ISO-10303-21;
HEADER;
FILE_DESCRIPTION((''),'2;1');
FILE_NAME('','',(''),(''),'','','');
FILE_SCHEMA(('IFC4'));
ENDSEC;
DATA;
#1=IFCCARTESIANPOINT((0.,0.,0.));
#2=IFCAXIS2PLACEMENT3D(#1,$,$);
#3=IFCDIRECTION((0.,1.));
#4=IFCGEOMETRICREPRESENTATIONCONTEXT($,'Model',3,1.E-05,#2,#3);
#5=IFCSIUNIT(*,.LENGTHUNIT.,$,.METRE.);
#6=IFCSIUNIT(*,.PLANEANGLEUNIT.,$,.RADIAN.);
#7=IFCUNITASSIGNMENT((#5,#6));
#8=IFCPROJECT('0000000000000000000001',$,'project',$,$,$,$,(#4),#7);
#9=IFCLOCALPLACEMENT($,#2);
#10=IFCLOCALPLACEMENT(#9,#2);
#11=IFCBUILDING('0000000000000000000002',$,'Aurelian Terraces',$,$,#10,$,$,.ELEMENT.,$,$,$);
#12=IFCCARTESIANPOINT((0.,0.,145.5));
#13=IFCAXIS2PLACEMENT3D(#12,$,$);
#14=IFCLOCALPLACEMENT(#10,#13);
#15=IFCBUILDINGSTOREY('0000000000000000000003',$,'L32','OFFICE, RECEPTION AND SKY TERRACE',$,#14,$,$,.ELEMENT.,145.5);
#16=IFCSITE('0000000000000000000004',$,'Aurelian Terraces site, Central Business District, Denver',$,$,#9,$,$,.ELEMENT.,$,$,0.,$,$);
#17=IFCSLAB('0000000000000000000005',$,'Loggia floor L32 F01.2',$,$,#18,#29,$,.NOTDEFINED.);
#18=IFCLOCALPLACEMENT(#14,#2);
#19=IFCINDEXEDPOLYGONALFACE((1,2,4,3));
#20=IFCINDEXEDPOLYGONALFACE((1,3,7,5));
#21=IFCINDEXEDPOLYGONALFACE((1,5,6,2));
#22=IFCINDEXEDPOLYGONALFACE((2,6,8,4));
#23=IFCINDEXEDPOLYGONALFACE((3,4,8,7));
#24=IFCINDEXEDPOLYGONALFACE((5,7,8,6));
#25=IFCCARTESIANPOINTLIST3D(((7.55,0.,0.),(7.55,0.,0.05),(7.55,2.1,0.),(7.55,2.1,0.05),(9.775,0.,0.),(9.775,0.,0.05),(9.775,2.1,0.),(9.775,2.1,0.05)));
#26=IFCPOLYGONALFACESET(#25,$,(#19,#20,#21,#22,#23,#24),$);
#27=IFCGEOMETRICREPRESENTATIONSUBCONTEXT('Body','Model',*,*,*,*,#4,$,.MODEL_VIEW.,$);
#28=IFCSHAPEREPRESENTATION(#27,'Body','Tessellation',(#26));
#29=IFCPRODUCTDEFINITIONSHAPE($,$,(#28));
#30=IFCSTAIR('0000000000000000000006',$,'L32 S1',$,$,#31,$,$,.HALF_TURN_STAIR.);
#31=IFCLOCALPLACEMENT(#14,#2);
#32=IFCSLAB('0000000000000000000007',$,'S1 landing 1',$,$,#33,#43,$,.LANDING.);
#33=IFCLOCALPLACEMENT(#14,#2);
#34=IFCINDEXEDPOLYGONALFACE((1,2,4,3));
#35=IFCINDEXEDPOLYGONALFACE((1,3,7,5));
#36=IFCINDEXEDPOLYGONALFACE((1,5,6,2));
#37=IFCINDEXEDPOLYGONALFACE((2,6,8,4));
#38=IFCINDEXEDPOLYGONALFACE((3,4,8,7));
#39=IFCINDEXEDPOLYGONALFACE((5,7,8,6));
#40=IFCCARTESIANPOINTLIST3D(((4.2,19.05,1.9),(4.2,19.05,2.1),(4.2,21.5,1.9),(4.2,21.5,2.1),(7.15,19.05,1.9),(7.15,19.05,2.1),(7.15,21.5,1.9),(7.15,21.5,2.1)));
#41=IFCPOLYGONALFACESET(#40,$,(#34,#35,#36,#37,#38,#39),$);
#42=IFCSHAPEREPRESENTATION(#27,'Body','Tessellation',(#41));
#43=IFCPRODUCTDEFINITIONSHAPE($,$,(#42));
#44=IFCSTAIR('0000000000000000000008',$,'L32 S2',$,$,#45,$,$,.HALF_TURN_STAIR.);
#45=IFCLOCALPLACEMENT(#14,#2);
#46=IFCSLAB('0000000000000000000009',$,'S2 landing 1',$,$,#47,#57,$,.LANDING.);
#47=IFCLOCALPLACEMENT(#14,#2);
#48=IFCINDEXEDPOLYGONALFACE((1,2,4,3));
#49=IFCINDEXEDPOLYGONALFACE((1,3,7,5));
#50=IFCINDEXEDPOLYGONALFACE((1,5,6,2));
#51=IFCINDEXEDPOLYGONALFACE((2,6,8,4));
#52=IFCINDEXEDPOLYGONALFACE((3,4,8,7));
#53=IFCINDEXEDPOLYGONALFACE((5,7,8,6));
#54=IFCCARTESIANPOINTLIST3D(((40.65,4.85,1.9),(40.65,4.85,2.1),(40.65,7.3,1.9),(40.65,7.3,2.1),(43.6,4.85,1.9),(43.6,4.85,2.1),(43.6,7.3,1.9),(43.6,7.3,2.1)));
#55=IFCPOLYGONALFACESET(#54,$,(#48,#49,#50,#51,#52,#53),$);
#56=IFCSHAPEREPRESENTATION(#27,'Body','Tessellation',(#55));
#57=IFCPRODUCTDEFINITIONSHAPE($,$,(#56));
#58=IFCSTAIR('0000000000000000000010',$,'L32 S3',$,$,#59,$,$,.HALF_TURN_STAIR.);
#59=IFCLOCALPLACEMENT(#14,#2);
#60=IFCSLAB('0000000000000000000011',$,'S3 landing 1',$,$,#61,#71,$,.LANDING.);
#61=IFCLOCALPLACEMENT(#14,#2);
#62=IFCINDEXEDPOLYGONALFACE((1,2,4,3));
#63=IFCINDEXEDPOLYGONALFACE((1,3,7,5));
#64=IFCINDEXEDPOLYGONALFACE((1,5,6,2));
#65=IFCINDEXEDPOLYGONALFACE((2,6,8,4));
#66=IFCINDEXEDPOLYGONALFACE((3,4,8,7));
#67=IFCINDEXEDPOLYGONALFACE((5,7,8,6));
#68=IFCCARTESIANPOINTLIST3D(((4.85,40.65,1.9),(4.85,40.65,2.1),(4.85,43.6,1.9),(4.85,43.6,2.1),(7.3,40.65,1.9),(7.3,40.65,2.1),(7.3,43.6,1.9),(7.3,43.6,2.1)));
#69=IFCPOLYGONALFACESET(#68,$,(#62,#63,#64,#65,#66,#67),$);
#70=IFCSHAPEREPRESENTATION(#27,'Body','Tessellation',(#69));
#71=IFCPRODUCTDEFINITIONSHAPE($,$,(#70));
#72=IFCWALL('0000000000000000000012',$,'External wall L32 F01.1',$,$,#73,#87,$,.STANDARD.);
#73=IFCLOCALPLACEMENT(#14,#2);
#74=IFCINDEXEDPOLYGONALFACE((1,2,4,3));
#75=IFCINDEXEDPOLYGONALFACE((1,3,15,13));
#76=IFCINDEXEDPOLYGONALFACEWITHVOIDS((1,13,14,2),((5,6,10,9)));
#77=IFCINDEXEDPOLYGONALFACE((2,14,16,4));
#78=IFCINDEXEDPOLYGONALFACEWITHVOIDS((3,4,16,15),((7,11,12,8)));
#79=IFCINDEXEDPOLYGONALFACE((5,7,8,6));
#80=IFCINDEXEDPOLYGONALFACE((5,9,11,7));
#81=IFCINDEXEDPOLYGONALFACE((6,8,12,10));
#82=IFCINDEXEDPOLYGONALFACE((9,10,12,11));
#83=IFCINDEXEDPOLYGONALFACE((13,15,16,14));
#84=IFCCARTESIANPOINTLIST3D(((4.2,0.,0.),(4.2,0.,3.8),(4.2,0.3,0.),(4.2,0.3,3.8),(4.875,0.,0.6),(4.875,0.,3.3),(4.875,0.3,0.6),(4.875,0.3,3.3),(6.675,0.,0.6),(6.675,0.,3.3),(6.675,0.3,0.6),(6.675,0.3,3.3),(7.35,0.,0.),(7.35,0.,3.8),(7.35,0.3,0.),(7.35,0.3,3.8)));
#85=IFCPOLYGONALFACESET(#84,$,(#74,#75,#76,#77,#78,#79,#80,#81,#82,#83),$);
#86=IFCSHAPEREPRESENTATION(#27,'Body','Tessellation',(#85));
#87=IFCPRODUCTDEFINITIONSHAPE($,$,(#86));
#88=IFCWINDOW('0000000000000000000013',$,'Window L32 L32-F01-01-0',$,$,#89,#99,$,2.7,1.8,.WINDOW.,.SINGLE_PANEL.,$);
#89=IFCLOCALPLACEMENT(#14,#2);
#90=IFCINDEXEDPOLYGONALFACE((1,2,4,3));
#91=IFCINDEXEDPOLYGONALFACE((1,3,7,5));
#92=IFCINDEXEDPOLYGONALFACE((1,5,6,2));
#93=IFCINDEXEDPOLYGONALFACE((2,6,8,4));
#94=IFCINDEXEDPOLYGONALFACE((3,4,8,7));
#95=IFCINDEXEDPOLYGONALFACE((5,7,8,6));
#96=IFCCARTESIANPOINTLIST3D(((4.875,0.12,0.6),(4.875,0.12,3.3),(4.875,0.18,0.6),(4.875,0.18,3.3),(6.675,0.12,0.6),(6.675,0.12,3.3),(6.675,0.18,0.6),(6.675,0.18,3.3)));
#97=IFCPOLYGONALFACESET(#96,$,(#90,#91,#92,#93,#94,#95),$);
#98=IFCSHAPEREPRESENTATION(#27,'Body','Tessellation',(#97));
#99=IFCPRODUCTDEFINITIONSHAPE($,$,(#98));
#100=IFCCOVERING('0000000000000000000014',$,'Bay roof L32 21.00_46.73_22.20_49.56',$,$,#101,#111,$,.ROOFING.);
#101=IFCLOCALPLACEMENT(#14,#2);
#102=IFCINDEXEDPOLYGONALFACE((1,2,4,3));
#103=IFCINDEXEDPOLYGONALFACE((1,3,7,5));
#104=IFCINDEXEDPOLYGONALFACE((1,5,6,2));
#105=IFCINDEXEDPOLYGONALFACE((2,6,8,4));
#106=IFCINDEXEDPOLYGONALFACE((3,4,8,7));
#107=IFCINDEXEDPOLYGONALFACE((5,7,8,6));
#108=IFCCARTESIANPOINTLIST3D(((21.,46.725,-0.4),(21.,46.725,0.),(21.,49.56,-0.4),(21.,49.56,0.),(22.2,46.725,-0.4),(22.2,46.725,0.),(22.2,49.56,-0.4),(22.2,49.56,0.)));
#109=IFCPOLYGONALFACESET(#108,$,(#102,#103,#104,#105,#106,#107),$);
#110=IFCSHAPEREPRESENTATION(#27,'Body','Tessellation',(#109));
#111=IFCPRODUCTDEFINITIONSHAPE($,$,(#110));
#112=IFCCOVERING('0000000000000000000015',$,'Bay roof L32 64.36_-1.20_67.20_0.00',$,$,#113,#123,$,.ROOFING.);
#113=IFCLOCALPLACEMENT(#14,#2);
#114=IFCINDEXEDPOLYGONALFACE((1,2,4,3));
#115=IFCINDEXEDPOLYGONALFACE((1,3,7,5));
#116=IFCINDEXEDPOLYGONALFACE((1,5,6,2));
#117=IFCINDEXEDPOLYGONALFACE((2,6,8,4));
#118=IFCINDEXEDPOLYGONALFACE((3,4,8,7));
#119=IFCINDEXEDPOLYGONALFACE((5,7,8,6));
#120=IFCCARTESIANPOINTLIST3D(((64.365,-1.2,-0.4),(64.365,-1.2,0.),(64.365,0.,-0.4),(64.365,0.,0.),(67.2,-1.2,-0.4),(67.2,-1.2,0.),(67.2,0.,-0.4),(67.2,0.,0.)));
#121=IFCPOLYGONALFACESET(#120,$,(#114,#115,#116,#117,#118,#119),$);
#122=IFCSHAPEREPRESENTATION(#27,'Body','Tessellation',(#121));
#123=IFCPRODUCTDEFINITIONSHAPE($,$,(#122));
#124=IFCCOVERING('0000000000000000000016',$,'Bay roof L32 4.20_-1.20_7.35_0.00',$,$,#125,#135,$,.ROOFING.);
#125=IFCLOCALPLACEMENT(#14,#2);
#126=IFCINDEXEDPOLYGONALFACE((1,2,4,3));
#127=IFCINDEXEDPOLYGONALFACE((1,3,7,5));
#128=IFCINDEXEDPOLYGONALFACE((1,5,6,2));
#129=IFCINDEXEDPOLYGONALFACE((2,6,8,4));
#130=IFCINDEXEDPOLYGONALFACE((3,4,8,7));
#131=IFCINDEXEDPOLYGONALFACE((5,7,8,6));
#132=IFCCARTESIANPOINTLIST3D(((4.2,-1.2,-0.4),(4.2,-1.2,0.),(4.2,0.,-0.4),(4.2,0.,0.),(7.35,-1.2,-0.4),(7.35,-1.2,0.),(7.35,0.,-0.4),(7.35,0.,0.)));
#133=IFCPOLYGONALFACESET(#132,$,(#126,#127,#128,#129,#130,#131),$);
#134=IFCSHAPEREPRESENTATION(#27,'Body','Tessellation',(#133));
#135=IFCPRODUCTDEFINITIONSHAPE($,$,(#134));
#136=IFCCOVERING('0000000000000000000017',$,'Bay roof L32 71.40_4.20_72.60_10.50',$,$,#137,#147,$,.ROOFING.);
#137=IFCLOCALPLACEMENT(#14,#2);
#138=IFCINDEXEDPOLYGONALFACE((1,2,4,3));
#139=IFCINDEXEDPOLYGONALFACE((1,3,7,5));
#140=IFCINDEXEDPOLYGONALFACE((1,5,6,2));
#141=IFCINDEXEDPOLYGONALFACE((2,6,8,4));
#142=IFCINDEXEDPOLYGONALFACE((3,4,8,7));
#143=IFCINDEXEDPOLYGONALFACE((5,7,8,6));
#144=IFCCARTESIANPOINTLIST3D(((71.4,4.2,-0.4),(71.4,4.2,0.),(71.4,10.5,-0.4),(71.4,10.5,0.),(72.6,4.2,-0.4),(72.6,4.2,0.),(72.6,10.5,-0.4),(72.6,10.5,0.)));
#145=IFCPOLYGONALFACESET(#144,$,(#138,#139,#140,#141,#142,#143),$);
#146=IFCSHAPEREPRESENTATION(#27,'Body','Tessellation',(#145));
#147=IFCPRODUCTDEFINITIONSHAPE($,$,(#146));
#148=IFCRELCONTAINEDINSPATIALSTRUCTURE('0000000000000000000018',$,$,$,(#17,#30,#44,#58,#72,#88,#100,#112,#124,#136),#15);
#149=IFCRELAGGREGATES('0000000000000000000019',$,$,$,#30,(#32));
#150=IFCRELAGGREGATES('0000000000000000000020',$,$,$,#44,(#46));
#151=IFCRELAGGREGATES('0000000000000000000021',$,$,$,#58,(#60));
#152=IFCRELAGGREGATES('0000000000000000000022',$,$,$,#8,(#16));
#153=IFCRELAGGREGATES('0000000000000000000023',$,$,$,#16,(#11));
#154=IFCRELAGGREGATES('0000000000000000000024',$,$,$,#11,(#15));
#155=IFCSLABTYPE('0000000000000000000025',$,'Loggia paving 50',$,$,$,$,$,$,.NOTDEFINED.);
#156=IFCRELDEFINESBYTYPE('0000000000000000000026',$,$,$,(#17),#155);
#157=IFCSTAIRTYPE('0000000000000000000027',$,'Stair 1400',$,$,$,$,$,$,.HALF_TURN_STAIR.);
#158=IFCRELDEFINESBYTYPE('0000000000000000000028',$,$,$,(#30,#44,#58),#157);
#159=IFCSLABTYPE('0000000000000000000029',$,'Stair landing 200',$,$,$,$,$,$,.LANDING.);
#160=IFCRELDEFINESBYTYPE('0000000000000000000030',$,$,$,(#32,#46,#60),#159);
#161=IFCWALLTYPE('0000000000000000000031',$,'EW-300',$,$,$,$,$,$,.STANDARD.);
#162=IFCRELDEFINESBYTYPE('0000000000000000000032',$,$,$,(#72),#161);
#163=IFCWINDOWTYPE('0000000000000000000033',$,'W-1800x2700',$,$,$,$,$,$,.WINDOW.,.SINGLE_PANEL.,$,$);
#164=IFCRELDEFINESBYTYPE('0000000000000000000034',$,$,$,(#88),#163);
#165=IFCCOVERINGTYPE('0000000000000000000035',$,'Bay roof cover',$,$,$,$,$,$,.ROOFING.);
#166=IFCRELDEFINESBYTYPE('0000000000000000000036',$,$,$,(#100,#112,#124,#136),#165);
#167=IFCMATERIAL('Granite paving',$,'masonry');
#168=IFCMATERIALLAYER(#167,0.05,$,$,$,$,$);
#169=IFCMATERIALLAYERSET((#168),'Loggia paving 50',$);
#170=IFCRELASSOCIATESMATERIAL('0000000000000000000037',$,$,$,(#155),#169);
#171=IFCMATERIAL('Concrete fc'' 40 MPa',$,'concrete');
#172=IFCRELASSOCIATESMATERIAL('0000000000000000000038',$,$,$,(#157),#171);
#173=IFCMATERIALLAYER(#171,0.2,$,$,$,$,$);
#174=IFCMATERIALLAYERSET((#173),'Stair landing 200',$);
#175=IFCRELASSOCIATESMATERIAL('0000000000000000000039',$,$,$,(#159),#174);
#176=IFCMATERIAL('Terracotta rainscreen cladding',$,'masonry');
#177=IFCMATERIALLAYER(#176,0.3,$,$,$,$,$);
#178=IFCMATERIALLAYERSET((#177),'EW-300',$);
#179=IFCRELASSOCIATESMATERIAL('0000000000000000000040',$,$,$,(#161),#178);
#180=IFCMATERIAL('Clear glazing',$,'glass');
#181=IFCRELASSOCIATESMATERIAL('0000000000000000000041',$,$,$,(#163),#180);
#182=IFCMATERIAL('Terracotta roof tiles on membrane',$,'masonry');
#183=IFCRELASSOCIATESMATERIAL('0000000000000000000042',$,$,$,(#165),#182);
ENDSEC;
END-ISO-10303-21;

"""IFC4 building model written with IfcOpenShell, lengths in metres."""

from ifc_helpers import new_model, si_unit, direction, frame, frame_2d, origin, place, context, subcontext, project, spatial, polyline, rectangle, outline, extrude, source, transform, mapped, material, layer, layer_set, type_object, element, fill, aggregate, save


model = new_model("IFC4")

# Units and contexts
model_context = context("Model", 3, precision=1e-05, world=origin(), true_north=direction((0.0, 1.0)))
body_context = subcontext(model_context, "Body", "Model", "MODEL_VIEW")
ifc_project = project(units=[si_unit("LENGTHUNIT", "METRE"), si_unit("PLANEANGLEUNIT", "RADIAN")], contexts=[model_context])

# Site, building, storey
site_placement = place(None, origin())
site = spatial("IfcSite", under=ifc_project, at=site_placement, Name="Aurelian Terraces site, Central Business District, Denver", CompositionType="ELEMENT", RefElevation=0.0)
building_placement = place(site_placement, origin())
building = spatial("IfcBuilding", under=site, at=building_placement, Name="Aurelian Terraces", CompositionType="ELEMENT")
storey_placement = place(building_placement, frame((0.0, 0.0, 145.5)))
storey = spatial("IfcBuildingStorey", under=building, at=storey_placement, Name="L32", Description="OFFICE, RECEPTION AND SKY TERRACE", CompositionType="ELEMENT", Elevation=145.5)

# Slab
ifc_material_1 = material(Name="Concrete fc' 40 MPa", Category="concrete")
ifc_material_2 = material(Name="Granite paving", Category="masonry")
ifc_layer_1 = layer(ifc_material_2, 0.05)
ifc_layer_set_1 = layer_set([ifc_layer_1], Name="Loggia paving 50")
slab_type_1 = type_object("IfcSlabType", Name="Loggia paving 50", PredefinedType="NOTDEFINED", material=ifc_layer_set_1)
shared_shape_1 = source(origin(), body_context, "Body", "SweptSolid", [
    extrude(outline(polyline([(7.55, 0.0), (9.775, 0.0), (9.775, 2.1), (7.55, 2.1), (7.55, 0.0)])), origin(), (0.0, 0.0, 1.0), 0.05),
])
slab_1_placement = place(storey_placement, origin())
element("IfcSlab", 1, at=slab_1_placement, inside=storey, type_object=slab_type_1, Name="Loggia floor L32 F01.2", PredefinedType="NOTDEFINED", context=body_context, shape_type="MappedRepresentation", body=[
    mapped(shared_shape_1, transform((0.0, 0.0, 0.0), scale=1.0)),
])

# Stairs, slabs
stair_type = type_object("IfcStairType", Name="Stair 1400", PredefinedType="HALF_TURN_STAIR", material=ifc_material_1)
stair_1_placement = place(storey_placement, origin())
stair_1 = element("IfcStair", 2, at=stair_1_placement, inside=storey, type_object=stair_type, Name="L32 S1", PredefinedType="HALF_TURN_STAIR")
ifc_layer_2 = layer(ifc_material_1, 0.2)
ifc_layer_set_2 = layer_set([ifc_layer_2], Name="Stair landing 200")
slab_type_2 = type_object("IfcSlabType", Name="Stair landing 200", PredefinedType="LANDING", material=ifc_layer_set_2)
shared_shape_2 = source(origin(), body_context, "Body", "SweptSolid", [
    extrude(outline(polyline([(7.15, 19.05), (7.15, 21.5), (4.2, 21.5), (4.2, 19.05), (7.15, 19.05)])), origin(), (0.0, 0.0, 1.0), 0.2),
])
slab_2_placement = place(storey_placement, frame((0.0, 0.0, 1.9)))
slab_2 = element("IfcSlab", 3, at=slab_2_placement, type_object=slab_type_2, Name="S1 landing 1", PredefinedType="LANDING", context=body_context, shape_type="MappedRepresentation", body=[
    mapped(shared_shape_2, transform((0.0, 0.0, 0.0), scale=1.0)),
])
aggregate(stair_1, [slab_2])
stair_2_placement = place(storey_placement, origin())
stair_2 = element("IfcStair", 4, at=stair_2_placement, inside=storey, type_object=stair_type, Name="L32 S2", PredefinedType="HALF_TURN_STAIR")
shared_shape_3 = source(origin(), body_context, "Body", "SweptSolid", [
    extrude(outline(polyline([(43.6, 4.85), (43.6, 7.3), (40.65, 7.3), (40.65, 4.85), (43.6, 4.85)])), origin(), (0.0, 0.0, 1.0), 0.2),
])
slab_3_placement = place(storey_placement, frame((0.0, 0.0, 1.9)))
slab_3 = element("IfcSlab", 5, at=slab_3_placement, type_object=slab_type_2, Name="S2 landing 1", PredefinedType="LANDING", context=body_context, shape_type="MappedRepresentation", body=[
    mapped(shared_shape_3, transform((0.0, 0.0, 0.0), scale=1.0)),
])
aggregate(stair_2, [slab_3])
stair_3_placement = place(storey_placement, origin())
stair_3 = element("IfcStair", 6, at=stair_3_placement, inside=storey, type_object=stair_type, Name="L32 S3", PredefinedType="HALF_TURN_STAIR")
shared_shape_4 = source(origin(), body_context, "Body", "SweptSolid", [
    extrude(outline(polyline([(4.85, 40.65), (7.3, 40.65), (7.3, 43.6), (4.85, 43.6), (4.85, 40.65)])), origin(), (0.0, 0.0, 1.0), 0.2),
])
slab_4_placement = place(storey_placement, frame((0.0, 0.0, 1.9)))
slab_4 = element("IfcSlab", 7, at=slab_4_placement, type_object=slab_type_2, Name="S3 landing 1", PredefinedType="LANDING", context=body_context, shape_type="MappedRepresentation", body=[
    mapped(shared_shape_4, transform((0.0, 0.0, 0.0), scale=1.0)),
])
aggregate(stair_3, [slab_4])

# Wall, opening, window
ifc_material_3 = material(Name="Terracotta rainscreen cladding", Category="masonry")
ifc_layer_3 = layer(ifc_material_3, 0.3)
ifc_layer_set_3 = layer_set([ifc_layer_3], Name="EW-300")
wall_type = type_object("IfcWallType", Name="EW-300", PredefinedType="STANDARD", material=ifc_layer_set_3)
shared_shape_5 = source(origin(), body_context, "Body", "SweptSolid", [
    extrude(rectangle(XDim=3.15, YDim=0.3, at=frame_2d((1.575, 0.0))), origin(), (0.0, 0.0, 1.0), 3.8),
])
wall_placement = place(storey_placement, frame((4.2, 0.15, 0.0), z_axis=(0.0, 0.0, 1.0), x_axis=(1.0, 0.0, 0.0)))
wall = element("IfcWall", 8, at=wall_placement, inside=storey, type_object=wall_type, Name="External wall L32 F01.1", PredefinedType="STANDARD", context=body_context, shape_type="MappedRepresentation", body=[
    mapped(shared_shape_5, transform((0.0, 0.0, 0.0), scale=1.0)),
])
shared_shape_6 = source(origin(), body_context, "Body", "SweptSolid", [
    extrude(rectangle(XDim=1.8, YDim=2.7, at=frame_2d((0.9, 1.35))), frame((0.0, 0.16, 0.0), z_axis=(0.0, -1.0, 0.0), x_axis=(1.0, 0.0, 0.0)), (0.0, 0.0, 1.0), 0.32),
])
opening_placement = place(wall_placement, frame((0.675, 0.0, 0.6)))
opening = element("IfcOpeningElement", 9, at=opening_placement, cuts=wall, PredefinedType="OPENING", context=body_context, shape_type="MappedRepresentation", body=[
    mapped(shared_shape_6, transform((0.0, 0.0, 0.0), scale=1.0)),
])
ifc_material_4 = material(Name="Clear glazing", Category="glass")
window_type = type_object("IfcWindowType", Name="W-1800x2700", PartitioningType="SINGLE_PANEL", PredefinedType="WINDOW", material=ifc_material_4)
shared_shape_7 = source(origin(), body_context, "Body", "SweptSolid", [
    extrude(rectangle(XDim=1.8, YDim=2.7, at=frame_2d((0.9, 1.35))), frame((0.0, 0.03, 0.0), z_axis=(0.0, -1.0, 0.0), x_axis=(1.0, 0.0, 0.0)), (0.0, 0.0, 1.0), 0.06),
])
window_placement = place(opening_placement, origin())
window = element("IfcWindow", 10, at=window_placement, inside=storey, type_object=window_type, Name="Window L32 L32-F01-01-0", OverallHeight=2.7, OverallWidth=1.8, PartitioningType="SINGLE_PANEL", PredefinedType="WINDOW", context=body_context, shape_type="MappedRepresentation", body=[
    mapped(shared_shape_7, transform((0.0, 0.0, 0.0), scale=1.0)),
])
fill(opening, window)

# Coverings
ifc_material_5 = material(Name="Terracotta roof tiles on membrane", Category="masonry")
covering_type = type_object("IfcCoveringType", Name="Bay roof cover", PredefinedType="ROOFING", material=ifc_material_5)
covering_1_placement = place(storey_placement, frame((0.0, 0.0, -0.4)))
element("IfcCovering", 11, at=covering_1_placement, inside=storey, type_object=covering_type, Name="Bay roof L32 21.00_46.73_22.20_49.56", PredefinedType="ROOFING", context=body_context, shape_type="SweptSolid", body=[
    extrude(outline(polyline([(21.0, 46.725), (21.0, 49.56), (22.2, 49.56), (22.2, 46.725), (21.0, 46.725)])), origin(), (0.0, 0.0, 1.0), 0.4),
])
covering_2_placement = place(storey_placement, frame((0.0, 0.0, -0.4)))
element("IfcCovering", 12, at=covering_2_placement, inside=storey, type_object=covering_type, Name="Bay roof L32 64.36_-1.20_67.20_0.00", PredefinedType="ROOFING", context=body_context, shape_type="SweptSolid", body=[
    extrude(outline(polyline([(64.365, 0.0), (67.2, 0.0), (67.2, -1.2), (64.365, -1.2), (64.365, 0.0)])), origin(), (0.0, 0.0, 1.0), 0.4),
])
shared_shape_8 = source(origin(), body_context, "Body", "SweptSolid", [
    extrude(outline(polyline([(4.2, 0.0), (7.35, 0.0), (7.35, -1.2), (4.2, -1.2), (4.2, 0.0)])), origin(), (0.0, 0.0, 1.0), 0.4),
])
covering_3_placement = place(storey_placement, frame((0.0, 0.0, -0.4)))
element("IfcCovering", 13, at=covering_3_placement, inside=storey, type_object=covering_type, Name="Bay roof L32 4.20_-1.20_7.35_0.00", PredefinedType="ROOFING", context=body_context, shape_type="MappedRepresentation", body=[
    mapped(shared_shape_8, transform((0.0, 0.0, 0.0), scale=1.0)),
])
shared_shape_9 = source(origin(), body_context, "Body", "SweptSolid", [
    extrude(outline(polyline([(71.4, 4.2), (71.4, 10.5), (72.6, 10.5), (72.6, 4.2), (71.4, 4.2)])), origin(), (0.0, 0.0, 1.0), 0.4),
])
covering_4_placement = place(storey_placement, frame((0.0, 0.0, -0.4)))
element("IfcCovering", 14, at=covering_4_placement, inside=storey, type_object=covering_type, Name="Bay roof L32 71.40_4.20_72.60_10.50", PredefinedType="ROOFING", context=body_context, shape_type="MappedRepresentation", body=[
    mapped(shared_shape_9, transform((0.0, 0.0, 0.0), scale=1.0)),
])

save(model, "model.ifc")
